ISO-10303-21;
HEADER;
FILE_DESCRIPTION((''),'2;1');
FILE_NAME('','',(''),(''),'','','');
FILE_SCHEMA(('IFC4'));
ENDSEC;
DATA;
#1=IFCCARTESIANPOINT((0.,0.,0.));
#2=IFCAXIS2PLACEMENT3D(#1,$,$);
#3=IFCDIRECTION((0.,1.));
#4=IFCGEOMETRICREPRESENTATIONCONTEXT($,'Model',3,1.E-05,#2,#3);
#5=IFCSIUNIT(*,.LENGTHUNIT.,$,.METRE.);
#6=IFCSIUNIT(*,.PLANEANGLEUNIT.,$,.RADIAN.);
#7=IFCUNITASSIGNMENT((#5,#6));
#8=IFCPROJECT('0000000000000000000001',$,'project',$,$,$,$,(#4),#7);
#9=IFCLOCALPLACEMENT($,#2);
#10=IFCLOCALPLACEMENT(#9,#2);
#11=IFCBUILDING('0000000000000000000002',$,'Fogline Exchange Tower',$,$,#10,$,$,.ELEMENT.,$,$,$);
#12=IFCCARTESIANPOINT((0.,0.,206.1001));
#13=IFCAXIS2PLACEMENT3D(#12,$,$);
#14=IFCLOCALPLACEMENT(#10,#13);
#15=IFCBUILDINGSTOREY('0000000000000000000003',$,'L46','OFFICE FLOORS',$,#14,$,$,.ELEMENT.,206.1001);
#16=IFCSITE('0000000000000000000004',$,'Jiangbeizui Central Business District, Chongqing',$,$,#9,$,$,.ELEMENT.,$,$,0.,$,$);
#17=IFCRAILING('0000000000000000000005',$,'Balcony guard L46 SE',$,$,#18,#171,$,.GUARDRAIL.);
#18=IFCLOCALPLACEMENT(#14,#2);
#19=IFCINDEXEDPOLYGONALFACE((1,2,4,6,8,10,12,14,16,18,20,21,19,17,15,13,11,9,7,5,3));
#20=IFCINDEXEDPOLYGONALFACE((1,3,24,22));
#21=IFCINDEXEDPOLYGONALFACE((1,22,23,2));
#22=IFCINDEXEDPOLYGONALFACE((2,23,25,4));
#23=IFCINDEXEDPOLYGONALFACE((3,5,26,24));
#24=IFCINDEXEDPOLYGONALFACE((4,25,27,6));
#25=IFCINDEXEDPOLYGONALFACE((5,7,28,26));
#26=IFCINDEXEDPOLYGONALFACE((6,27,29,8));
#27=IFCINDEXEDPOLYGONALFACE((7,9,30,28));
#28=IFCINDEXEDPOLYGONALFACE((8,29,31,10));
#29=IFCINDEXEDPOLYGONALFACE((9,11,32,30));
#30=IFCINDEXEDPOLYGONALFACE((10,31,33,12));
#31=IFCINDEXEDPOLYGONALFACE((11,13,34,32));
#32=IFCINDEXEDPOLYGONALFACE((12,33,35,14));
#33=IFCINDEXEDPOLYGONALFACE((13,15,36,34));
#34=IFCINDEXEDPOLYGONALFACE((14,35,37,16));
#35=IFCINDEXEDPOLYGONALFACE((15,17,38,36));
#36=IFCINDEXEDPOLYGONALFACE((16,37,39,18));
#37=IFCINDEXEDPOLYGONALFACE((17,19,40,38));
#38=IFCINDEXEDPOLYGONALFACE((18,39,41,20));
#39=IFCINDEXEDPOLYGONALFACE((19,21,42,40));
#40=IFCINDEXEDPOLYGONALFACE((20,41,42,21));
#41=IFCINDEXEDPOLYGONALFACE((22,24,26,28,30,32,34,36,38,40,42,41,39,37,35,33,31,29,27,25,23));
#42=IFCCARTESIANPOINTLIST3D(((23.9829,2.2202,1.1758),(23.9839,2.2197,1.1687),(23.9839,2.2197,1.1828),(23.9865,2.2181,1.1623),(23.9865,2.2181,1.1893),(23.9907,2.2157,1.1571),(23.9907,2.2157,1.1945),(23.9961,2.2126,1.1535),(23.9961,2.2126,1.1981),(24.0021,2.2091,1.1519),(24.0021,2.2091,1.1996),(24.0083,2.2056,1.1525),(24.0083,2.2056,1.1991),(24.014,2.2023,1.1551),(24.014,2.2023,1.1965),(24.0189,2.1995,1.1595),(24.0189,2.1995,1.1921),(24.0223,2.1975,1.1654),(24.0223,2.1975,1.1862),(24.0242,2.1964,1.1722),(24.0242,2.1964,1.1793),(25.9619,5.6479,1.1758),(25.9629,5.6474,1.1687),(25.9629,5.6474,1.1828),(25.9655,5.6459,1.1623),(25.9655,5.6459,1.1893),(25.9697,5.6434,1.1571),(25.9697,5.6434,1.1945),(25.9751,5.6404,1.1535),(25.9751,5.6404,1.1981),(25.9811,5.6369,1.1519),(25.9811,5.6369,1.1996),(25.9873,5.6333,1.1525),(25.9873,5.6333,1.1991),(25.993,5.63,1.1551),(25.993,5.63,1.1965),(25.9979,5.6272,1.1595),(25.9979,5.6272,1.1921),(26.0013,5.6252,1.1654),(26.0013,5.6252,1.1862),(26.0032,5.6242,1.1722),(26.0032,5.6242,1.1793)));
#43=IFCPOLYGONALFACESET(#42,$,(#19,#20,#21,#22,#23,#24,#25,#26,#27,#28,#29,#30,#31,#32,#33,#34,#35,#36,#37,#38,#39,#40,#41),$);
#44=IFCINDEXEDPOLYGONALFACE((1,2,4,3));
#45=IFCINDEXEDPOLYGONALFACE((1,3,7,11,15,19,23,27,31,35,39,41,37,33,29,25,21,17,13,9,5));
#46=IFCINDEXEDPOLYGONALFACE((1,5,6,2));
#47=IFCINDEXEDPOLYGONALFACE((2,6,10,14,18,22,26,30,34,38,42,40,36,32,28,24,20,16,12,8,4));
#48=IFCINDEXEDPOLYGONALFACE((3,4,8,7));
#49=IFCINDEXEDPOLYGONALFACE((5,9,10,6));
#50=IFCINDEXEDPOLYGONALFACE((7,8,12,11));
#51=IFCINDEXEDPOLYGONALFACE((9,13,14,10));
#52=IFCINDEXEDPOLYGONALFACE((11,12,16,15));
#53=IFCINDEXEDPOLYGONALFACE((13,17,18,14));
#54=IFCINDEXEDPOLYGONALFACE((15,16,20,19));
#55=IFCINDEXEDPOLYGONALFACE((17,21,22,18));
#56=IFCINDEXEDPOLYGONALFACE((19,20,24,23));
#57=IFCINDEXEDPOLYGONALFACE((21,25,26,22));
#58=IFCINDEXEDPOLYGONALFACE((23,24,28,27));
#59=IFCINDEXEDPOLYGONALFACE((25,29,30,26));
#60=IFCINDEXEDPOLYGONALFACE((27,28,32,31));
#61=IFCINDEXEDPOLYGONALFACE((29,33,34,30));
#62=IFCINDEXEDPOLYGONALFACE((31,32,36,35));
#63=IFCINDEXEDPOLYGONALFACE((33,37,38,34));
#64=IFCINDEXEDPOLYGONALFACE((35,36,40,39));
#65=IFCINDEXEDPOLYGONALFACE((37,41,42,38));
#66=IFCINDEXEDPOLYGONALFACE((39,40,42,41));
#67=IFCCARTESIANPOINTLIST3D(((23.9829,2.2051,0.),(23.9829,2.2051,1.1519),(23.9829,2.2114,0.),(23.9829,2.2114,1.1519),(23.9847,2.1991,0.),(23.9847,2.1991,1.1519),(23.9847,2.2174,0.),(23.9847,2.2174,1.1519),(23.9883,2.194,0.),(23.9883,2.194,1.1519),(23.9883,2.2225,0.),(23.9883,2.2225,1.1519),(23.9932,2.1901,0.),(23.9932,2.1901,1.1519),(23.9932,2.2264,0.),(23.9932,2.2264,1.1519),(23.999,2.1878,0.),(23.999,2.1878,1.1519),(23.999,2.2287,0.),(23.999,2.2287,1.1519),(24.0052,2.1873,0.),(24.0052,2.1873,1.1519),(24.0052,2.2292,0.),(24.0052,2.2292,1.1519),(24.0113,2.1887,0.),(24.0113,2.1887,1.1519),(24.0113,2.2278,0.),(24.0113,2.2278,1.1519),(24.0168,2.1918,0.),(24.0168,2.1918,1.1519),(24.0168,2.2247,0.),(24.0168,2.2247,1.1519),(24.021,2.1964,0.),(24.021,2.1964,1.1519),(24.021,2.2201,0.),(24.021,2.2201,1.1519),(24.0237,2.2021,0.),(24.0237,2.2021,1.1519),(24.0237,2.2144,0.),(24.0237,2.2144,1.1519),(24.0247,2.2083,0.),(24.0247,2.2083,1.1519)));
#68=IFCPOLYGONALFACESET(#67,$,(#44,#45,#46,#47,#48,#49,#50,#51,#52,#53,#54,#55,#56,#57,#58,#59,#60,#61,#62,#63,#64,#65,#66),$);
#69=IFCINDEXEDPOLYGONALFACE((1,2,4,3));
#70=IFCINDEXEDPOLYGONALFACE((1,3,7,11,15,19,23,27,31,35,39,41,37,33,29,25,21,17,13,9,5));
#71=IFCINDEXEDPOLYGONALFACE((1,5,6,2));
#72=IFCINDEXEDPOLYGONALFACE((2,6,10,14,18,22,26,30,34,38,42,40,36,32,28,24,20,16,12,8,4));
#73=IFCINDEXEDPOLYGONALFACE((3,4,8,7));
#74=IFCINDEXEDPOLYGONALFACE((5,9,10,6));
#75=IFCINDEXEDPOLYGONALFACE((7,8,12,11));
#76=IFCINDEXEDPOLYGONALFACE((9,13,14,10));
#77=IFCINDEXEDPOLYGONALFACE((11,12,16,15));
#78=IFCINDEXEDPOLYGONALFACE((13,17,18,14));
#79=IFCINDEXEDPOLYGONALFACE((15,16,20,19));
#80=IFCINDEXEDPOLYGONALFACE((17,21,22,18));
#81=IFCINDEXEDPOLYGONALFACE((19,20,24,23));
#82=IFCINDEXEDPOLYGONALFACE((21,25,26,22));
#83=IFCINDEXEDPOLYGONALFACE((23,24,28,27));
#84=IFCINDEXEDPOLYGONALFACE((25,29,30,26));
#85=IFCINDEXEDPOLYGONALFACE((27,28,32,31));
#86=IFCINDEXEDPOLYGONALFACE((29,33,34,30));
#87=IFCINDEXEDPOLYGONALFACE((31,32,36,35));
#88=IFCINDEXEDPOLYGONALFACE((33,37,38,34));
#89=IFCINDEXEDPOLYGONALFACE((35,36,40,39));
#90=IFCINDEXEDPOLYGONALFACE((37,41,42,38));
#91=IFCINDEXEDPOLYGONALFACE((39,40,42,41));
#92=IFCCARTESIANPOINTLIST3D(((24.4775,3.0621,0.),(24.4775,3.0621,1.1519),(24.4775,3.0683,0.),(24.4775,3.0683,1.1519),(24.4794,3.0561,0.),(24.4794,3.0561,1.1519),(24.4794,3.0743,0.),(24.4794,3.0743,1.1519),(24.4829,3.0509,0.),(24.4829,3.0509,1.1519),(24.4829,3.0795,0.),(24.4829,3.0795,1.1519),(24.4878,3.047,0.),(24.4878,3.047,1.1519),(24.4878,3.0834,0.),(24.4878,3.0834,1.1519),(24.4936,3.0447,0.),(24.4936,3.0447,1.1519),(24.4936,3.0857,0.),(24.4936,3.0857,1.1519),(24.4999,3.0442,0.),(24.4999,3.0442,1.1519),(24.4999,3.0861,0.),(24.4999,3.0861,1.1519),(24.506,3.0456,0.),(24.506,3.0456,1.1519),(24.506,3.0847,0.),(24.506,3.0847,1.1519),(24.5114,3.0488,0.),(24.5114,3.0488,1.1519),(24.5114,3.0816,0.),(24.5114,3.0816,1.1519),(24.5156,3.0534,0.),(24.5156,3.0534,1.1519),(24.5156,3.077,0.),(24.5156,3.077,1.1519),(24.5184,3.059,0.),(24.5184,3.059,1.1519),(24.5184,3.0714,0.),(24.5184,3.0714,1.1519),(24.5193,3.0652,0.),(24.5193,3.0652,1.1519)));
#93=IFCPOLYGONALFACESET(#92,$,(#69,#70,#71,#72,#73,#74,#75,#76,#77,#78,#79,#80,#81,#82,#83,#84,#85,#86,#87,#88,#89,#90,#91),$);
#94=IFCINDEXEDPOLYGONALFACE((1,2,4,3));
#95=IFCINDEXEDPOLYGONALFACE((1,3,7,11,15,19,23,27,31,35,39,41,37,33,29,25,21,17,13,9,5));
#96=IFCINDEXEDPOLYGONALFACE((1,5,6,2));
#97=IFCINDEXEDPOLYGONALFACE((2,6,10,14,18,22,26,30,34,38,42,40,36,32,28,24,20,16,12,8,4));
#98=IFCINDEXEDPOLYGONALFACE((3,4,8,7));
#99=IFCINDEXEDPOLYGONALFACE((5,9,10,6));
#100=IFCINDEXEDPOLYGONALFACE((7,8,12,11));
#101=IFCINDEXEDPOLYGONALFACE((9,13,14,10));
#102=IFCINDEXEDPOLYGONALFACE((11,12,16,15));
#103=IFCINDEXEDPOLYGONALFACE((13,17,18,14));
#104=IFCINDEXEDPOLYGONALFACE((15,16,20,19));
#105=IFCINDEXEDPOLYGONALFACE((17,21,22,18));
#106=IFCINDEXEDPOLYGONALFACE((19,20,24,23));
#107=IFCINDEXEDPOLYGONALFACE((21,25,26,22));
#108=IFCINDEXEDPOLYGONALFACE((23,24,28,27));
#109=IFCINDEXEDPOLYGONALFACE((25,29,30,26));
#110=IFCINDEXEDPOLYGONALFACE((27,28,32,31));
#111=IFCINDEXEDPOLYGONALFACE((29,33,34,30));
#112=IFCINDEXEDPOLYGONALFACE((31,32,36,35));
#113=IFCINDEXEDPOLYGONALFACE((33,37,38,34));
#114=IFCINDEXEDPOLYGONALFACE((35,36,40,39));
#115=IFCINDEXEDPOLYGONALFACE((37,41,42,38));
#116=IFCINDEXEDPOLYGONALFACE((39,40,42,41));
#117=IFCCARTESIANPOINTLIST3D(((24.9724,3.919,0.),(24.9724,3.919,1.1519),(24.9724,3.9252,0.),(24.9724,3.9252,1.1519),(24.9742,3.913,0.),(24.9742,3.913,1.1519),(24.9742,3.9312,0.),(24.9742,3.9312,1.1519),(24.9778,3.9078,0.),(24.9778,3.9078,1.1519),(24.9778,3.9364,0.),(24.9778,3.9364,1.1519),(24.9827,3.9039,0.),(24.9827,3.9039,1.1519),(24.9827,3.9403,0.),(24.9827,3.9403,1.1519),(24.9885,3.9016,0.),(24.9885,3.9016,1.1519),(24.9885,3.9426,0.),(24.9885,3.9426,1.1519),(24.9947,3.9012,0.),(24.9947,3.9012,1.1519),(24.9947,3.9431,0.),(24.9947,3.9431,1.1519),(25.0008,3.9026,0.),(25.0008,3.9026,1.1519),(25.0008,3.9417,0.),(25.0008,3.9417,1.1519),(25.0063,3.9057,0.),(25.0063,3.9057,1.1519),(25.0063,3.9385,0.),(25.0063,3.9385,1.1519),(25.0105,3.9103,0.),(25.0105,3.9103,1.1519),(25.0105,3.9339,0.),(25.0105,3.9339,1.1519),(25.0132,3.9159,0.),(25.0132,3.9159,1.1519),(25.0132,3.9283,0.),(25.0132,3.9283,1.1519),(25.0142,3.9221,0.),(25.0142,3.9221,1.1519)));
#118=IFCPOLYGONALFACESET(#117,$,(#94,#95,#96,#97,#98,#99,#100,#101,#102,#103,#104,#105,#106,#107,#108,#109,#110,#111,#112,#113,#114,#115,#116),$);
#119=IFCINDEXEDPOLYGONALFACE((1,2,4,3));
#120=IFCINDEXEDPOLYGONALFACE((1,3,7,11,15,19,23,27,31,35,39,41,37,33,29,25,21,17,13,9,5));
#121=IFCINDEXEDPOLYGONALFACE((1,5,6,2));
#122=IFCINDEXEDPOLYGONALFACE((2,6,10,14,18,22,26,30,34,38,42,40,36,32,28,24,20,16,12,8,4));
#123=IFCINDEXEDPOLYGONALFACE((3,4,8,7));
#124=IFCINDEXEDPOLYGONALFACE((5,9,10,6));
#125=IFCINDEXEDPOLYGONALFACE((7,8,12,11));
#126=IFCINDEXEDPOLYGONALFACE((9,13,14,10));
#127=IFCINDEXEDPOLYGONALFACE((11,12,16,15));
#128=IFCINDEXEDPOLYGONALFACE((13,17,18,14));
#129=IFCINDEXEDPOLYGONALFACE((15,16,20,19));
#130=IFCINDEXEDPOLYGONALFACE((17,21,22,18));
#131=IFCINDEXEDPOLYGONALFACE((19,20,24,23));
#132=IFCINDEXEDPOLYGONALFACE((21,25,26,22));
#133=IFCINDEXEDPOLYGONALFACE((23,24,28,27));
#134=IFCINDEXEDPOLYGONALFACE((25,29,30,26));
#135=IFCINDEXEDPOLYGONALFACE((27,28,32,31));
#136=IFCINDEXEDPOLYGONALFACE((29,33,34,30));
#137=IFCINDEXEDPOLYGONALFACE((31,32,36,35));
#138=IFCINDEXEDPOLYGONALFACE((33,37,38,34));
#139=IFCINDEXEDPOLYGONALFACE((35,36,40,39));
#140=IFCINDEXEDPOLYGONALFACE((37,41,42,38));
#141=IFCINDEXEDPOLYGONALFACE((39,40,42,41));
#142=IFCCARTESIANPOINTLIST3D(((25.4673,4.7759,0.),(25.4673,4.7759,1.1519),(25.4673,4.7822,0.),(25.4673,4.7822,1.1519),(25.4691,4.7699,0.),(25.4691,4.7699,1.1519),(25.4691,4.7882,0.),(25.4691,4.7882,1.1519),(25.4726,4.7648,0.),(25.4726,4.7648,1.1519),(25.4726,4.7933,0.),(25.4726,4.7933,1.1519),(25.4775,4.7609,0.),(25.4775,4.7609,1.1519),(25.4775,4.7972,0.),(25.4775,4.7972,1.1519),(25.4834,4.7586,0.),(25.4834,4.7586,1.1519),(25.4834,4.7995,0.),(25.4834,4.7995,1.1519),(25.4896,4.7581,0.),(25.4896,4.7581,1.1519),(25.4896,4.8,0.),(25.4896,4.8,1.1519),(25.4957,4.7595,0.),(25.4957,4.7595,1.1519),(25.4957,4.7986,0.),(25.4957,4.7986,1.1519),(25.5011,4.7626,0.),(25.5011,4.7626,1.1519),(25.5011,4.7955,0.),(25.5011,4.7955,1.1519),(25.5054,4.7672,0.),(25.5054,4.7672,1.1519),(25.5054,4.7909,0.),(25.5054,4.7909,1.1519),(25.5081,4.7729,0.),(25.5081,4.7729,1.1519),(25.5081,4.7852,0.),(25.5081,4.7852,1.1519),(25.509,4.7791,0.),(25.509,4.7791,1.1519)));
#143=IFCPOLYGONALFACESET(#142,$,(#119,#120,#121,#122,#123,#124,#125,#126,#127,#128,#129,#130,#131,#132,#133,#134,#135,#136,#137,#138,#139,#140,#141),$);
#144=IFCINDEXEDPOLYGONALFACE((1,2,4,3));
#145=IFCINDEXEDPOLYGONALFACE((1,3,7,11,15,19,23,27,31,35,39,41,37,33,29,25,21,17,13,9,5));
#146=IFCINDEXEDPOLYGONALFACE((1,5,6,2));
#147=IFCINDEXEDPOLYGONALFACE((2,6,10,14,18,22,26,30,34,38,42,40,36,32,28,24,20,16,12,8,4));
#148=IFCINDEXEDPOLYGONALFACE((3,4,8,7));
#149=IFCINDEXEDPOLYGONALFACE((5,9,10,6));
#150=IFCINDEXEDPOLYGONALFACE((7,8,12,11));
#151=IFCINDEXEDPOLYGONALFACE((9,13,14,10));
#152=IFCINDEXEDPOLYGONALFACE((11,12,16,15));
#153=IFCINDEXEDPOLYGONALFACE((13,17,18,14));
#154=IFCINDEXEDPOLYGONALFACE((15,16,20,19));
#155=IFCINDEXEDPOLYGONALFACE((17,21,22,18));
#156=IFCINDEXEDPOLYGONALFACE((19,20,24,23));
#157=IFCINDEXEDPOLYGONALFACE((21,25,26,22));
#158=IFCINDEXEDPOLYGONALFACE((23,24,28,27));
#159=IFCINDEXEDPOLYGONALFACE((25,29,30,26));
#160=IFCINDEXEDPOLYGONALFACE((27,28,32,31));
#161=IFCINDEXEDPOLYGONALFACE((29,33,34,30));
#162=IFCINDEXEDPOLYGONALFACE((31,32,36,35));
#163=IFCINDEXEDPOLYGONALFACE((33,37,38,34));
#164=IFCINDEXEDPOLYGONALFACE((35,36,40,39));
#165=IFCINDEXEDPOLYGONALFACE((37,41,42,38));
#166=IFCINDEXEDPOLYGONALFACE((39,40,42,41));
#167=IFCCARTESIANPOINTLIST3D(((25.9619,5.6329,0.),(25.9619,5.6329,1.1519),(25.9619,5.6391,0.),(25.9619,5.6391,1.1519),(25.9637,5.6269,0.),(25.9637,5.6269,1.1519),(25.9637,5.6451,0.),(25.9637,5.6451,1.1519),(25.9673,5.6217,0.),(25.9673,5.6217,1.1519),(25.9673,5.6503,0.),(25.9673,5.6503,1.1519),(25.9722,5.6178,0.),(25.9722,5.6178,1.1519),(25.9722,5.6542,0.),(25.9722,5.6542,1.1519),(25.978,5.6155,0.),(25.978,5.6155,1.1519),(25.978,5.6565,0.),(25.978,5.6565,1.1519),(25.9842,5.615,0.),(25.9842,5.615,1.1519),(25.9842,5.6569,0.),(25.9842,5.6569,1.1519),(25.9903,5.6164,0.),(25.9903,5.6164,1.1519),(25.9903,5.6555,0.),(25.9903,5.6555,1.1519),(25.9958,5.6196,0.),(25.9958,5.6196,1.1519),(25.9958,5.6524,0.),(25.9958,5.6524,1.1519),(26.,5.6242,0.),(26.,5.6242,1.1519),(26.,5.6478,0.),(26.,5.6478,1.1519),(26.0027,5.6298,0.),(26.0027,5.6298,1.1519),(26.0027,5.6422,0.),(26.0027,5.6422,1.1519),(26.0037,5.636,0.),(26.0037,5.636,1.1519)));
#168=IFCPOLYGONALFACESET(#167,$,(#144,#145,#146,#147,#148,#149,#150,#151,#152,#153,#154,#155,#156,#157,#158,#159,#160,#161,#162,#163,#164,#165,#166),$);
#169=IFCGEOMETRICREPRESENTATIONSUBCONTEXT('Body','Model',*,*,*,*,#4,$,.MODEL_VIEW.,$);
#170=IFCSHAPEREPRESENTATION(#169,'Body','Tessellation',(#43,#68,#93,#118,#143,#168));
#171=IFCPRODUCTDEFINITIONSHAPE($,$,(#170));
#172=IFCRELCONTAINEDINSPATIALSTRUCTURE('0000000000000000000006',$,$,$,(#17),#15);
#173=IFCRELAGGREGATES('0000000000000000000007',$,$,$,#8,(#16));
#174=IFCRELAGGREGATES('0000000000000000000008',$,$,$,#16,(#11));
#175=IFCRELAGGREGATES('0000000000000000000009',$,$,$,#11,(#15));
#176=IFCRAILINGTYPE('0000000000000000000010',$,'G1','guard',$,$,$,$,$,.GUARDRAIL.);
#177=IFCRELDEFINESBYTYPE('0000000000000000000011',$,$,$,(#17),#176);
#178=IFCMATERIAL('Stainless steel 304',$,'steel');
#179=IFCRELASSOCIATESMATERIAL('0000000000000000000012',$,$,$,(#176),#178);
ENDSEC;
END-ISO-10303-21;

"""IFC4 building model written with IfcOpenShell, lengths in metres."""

from ifc_helpers import new_model, si_unit, direction, frame, origin, origin_2d, place, context, subcontext, project, spatial, circle, extrude, material, type_object, element, save


model = new_model("IFC4")

# Units and contexts
model_context = context("Model", 3, precision=1e-05, world=origin(), true_north=direction((0.0, 1.0)))
body_context = subcontext(model_context, "Body", "Model", "MODEL_VIEW")
ifc_project = project(units=[si_unit("LENGTHUNIT", "METRE"), si_unit("PLANEANGLEUNIT", "RADIAN")], contexts=[model_context])

# Site, building, storey
site_placement = place(None, origin())
site = spatial("IfcSite", under=ifc_project, at=site_placement, Name="Jiangbeizui Central Business District, Chongqing", CompositionType="ELEMENT", RefElevation=0.0)
building_placement = place(site_placement, origin())
building = spatial("IfcBuilding", under=site, at=building_placement, Name="Fogline Exchange Tower", CompositionType="ELEMENT")
storey_placement = place(building_placement, frame((0.0, 0.0, 206.1001)))
storey = spatial("IfcBuildingStorey", under=building, at=storey_placement, Name="L46", Description="OFFICE FLOORS", CompositionType="ELEMENT", Elevation=206.1001)

# Railing
ifc_material_1 = material(Name="Stainless steel 304", Category="steel")
railing_type = type_object("IfcRailingType", Name="G1", Description="guard", PredefinedType="GUARDRAIL", material=ifc_material_1)
railing_placement = place(storey_placement, frame((24.0037, 2.2083, 0.0)))
element("IfcRailing", 1, at=railing_placement, inside=storey, type_object=railing_type, Name="Balcony guard L46 SE", PredefinedType="GUARDRAIL", context=body_context, shape_type="SweptSolid", body=[
    extrude(circle(Radius=0.0239, at=origin_2d()), frame((0.0, 0.0, 1.1758), z_axis=(0.5, 0.866025, 0.0), x_axis=(-0.866025, 0.5, 0.0)), (0.0, 0.0, 1.0), 3.958),
    extrude(circle(Radius=0.021, at=origin_2d()), origin(), (0.0, 0.0, 1.0), 1.1519),
    extrude(circle(Radius=0.021, at=origin_2d()), frame((0.4946, 0.8569, 0.0)), (0.0, 0.0, 1.0), 1.1519),
    extrude(circle(Radius=0.021, at=origin_2d()), frame((0.9895, 1.7139, 0.0)), (0.0, 0.0, 1.0), 1.1519),
    extrude(circle(Radius=0.021, at=origin_2d()), frame((1.4844, 2.5708, 0.0)), (0.0, 0.0, 1.0), 1.1519),
    extrude(circle(Radius=0.021, at=origin_2d()), frame((1.979, 3.4277, 0.0)), (0.0, 0.0, 1.0), 1.1519),
])

save(model, "model.ifc")
